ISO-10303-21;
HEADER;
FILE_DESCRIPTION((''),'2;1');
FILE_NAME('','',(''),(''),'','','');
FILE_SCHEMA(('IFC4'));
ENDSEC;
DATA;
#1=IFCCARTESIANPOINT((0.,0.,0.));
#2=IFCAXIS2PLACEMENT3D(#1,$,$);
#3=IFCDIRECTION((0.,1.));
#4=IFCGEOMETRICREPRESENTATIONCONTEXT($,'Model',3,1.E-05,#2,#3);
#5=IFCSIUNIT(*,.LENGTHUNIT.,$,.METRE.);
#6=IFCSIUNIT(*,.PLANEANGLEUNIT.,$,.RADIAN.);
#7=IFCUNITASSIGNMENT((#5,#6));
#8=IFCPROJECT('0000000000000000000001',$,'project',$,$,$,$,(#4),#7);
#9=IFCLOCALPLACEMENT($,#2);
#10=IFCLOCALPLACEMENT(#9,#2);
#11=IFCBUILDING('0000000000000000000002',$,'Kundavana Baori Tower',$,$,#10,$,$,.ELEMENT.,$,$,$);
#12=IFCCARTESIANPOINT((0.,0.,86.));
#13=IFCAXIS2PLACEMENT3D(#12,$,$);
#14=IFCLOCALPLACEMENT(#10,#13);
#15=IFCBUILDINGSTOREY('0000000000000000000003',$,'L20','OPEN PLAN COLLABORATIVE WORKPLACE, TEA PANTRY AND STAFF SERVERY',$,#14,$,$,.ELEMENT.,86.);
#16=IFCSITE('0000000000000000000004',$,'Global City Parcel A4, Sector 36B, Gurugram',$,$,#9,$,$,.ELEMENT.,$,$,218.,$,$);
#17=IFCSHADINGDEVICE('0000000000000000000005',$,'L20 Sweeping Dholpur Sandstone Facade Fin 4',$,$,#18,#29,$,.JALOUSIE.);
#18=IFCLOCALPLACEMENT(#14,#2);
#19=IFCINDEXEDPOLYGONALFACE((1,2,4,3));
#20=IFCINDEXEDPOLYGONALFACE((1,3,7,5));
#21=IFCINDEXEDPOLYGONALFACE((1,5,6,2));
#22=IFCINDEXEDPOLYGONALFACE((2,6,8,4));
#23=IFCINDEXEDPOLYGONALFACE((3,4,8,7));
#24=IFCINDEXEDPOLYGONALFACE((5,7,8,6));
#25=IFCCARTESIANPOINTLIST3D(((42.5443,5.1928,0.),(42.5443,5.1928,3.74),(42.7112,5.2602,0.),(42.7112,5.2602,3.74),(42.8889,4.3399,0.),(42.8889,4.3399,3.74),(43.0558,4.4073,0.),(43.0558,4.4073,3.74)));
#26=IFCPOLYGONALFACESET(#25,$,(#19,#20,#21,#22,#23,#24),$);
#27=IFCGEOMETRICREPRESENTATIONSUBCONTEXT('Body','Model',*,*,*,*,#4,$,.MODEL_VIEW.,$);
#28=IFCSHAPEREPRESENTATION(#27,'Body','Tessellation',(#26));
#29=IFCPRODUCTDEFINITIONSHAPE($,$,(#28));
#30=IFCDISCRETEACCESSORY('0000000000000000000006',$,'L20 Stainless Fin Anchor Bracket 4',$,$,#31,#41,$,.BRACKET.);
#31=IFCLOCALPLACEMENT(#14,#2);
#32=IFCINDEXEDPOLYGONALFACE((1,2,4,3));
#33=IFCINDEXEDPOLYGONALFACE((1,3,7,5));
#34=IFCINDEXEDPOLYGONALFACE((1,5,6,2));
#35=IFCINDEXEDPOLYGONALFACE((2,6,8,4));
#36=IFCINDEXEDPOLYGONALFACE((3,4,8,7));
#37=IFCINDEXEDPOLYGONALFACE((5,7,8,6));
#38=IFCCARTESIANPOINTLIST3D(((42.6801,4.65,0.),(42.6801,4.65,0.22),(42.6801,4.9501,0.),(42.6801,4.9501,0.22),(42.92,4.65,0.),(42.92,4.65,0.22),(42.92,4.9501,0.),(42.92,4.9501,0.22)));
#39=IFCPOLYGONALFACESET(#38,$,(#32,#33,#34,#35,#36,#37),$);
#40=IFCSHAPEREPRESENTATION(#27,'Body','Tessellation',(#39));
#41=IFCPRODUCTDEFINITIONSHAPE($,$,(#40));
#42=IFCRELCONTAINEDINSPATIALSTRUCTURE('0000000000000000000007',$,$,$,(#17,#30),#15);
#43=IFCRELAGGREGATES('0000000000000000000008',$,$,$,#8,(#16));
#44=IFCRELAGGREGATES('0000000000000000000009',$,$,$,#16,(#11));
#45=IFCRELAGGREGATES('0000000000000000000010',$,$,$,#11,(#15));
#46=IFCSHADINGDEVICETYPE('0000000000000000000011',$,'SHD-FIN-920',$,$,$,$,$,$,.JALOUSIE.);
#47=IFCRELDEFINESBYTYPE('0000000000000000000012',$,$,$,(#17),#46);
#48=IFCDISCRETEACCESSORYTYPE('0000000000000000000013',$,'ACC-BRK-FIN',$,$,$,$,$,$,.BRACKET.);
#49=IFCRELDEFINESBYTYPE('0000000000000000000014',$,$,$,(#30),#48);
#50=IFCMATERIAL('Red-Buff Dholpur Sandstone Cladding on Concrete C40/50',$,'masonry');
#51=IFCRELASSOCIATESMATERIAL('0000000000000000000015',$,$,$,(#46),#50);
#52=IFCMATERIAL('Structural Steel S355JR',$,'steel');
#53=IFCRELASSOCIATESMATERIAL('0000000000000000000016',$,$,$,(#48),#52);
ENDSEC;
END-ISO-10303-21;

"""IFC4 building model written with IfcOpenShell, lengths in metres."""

from ifc_helpers import new_model, si_unit, direction, frame, origin, origin_2d, place, context, subcontext, project, spatial, rectangle, extrude, material, type_object, element, save


model = new_model("IFC4")

# Units and contexts
model_context = context("Model", 3, precision=1e-05, world=origin(), true_north=direction((0.0, 1.0)))
body_context = subcontext(model_context, "Body", "Model", "MODEL_VIEW")
ifc_project = project(units=[si_unit("LENGTHUNIT", "METRE"), si_unit("PLANEANGLEUNIT", "RADIAN")], contexts=[model_context])

# Site, building, storey
site_placement = place(None, origin())
site = spatial("IfcSite", under=ifc_project, at=site_placement, Name="Global City Parcel A4, Sector 36B, Gurugram", CompositionType="ELEMENT", RefElevation=218.0)
building_placement = place(site_placement, origin())
building = spatial("IfcBuilding", under=site, at=building_placement, Name="Kundavana Baori Tower", CompositionType="ELEMENT")
storey_placement = place(building_placement, frame((0.0, 0.0, 86.0)))
storey = spatial("IfcBuildingStorey", under=building, at=storey_placement, Name="L20", Description="OPEN PLAN COLLABORATIVE WORKPLACE, TEA PANTRY AND STAFF SERVERY", CompositionType="ELEMENT", Elevation=86.0)

# Shading device
ifc_material_1 = material(Name="Red-Buff Dholpur Sandstone Cladding on Concrete C40/50", Category="masonry")
shading_device_type = type_object("IfcShadingDeviceType", Name="SHD-FIN-920", PredefinedType="JALOUSIE", material=ifc_material_1)
shading_device_placement = place(storey_placement, frame((42.8, 4.8, 0.0), z_axis=(0.0, 0.0, 1.0), x_axis=(0.927184, 0.374607, 0.0)))
element("IfcShadingDevice", 1, at=shading_device_placement, inside=storey, type_object=shading_device_type, Name="L20 Sweeping Dholpur Sandstone Facade Fin 4", PredefinedType="JALOUSIE", context=body_context, shape_type="SweptSolid", body=[
    extrude(rectangle(XDim=0.1799, YDim=0.9199, at=origin_2d()), origin(), (0.0, 0.0, 1.0), 3.74),
])

# Discrete accessory
ifc_material_2 = material(Name="Structural Steel S355JR", Category="steel")
discrete_accessory_type = type_object("IfcDiscreteAccessoryType", Name="ACC-BRK-FIN", PredefinedType="BRACKET", material=ifc_material_2)
discrete_accessory_placement = place(storey_placement, frame((42.8, 4.8, 0.0), z_axis=(0.0, 0.0, 1.0), x_axis=(1.0, 0.0, 0.0)))
element("IfcDiscreteAccessory", 2, at=discrete_accessory_placement, inside=storey, type_object=discrete_accessory_type, Name="L20 Stainless Fin Anchor Bracket 4", PredefinedType="BRACKET", context=body_context, shape_type="SweptSolid", body=[
    extrude(rectangle(XDim=0.24, YDim=0.3, at=origin_2d()), origin(), (0.0, 0.0, 1.0), 0.22),
])

save(model, "model.ifc")
